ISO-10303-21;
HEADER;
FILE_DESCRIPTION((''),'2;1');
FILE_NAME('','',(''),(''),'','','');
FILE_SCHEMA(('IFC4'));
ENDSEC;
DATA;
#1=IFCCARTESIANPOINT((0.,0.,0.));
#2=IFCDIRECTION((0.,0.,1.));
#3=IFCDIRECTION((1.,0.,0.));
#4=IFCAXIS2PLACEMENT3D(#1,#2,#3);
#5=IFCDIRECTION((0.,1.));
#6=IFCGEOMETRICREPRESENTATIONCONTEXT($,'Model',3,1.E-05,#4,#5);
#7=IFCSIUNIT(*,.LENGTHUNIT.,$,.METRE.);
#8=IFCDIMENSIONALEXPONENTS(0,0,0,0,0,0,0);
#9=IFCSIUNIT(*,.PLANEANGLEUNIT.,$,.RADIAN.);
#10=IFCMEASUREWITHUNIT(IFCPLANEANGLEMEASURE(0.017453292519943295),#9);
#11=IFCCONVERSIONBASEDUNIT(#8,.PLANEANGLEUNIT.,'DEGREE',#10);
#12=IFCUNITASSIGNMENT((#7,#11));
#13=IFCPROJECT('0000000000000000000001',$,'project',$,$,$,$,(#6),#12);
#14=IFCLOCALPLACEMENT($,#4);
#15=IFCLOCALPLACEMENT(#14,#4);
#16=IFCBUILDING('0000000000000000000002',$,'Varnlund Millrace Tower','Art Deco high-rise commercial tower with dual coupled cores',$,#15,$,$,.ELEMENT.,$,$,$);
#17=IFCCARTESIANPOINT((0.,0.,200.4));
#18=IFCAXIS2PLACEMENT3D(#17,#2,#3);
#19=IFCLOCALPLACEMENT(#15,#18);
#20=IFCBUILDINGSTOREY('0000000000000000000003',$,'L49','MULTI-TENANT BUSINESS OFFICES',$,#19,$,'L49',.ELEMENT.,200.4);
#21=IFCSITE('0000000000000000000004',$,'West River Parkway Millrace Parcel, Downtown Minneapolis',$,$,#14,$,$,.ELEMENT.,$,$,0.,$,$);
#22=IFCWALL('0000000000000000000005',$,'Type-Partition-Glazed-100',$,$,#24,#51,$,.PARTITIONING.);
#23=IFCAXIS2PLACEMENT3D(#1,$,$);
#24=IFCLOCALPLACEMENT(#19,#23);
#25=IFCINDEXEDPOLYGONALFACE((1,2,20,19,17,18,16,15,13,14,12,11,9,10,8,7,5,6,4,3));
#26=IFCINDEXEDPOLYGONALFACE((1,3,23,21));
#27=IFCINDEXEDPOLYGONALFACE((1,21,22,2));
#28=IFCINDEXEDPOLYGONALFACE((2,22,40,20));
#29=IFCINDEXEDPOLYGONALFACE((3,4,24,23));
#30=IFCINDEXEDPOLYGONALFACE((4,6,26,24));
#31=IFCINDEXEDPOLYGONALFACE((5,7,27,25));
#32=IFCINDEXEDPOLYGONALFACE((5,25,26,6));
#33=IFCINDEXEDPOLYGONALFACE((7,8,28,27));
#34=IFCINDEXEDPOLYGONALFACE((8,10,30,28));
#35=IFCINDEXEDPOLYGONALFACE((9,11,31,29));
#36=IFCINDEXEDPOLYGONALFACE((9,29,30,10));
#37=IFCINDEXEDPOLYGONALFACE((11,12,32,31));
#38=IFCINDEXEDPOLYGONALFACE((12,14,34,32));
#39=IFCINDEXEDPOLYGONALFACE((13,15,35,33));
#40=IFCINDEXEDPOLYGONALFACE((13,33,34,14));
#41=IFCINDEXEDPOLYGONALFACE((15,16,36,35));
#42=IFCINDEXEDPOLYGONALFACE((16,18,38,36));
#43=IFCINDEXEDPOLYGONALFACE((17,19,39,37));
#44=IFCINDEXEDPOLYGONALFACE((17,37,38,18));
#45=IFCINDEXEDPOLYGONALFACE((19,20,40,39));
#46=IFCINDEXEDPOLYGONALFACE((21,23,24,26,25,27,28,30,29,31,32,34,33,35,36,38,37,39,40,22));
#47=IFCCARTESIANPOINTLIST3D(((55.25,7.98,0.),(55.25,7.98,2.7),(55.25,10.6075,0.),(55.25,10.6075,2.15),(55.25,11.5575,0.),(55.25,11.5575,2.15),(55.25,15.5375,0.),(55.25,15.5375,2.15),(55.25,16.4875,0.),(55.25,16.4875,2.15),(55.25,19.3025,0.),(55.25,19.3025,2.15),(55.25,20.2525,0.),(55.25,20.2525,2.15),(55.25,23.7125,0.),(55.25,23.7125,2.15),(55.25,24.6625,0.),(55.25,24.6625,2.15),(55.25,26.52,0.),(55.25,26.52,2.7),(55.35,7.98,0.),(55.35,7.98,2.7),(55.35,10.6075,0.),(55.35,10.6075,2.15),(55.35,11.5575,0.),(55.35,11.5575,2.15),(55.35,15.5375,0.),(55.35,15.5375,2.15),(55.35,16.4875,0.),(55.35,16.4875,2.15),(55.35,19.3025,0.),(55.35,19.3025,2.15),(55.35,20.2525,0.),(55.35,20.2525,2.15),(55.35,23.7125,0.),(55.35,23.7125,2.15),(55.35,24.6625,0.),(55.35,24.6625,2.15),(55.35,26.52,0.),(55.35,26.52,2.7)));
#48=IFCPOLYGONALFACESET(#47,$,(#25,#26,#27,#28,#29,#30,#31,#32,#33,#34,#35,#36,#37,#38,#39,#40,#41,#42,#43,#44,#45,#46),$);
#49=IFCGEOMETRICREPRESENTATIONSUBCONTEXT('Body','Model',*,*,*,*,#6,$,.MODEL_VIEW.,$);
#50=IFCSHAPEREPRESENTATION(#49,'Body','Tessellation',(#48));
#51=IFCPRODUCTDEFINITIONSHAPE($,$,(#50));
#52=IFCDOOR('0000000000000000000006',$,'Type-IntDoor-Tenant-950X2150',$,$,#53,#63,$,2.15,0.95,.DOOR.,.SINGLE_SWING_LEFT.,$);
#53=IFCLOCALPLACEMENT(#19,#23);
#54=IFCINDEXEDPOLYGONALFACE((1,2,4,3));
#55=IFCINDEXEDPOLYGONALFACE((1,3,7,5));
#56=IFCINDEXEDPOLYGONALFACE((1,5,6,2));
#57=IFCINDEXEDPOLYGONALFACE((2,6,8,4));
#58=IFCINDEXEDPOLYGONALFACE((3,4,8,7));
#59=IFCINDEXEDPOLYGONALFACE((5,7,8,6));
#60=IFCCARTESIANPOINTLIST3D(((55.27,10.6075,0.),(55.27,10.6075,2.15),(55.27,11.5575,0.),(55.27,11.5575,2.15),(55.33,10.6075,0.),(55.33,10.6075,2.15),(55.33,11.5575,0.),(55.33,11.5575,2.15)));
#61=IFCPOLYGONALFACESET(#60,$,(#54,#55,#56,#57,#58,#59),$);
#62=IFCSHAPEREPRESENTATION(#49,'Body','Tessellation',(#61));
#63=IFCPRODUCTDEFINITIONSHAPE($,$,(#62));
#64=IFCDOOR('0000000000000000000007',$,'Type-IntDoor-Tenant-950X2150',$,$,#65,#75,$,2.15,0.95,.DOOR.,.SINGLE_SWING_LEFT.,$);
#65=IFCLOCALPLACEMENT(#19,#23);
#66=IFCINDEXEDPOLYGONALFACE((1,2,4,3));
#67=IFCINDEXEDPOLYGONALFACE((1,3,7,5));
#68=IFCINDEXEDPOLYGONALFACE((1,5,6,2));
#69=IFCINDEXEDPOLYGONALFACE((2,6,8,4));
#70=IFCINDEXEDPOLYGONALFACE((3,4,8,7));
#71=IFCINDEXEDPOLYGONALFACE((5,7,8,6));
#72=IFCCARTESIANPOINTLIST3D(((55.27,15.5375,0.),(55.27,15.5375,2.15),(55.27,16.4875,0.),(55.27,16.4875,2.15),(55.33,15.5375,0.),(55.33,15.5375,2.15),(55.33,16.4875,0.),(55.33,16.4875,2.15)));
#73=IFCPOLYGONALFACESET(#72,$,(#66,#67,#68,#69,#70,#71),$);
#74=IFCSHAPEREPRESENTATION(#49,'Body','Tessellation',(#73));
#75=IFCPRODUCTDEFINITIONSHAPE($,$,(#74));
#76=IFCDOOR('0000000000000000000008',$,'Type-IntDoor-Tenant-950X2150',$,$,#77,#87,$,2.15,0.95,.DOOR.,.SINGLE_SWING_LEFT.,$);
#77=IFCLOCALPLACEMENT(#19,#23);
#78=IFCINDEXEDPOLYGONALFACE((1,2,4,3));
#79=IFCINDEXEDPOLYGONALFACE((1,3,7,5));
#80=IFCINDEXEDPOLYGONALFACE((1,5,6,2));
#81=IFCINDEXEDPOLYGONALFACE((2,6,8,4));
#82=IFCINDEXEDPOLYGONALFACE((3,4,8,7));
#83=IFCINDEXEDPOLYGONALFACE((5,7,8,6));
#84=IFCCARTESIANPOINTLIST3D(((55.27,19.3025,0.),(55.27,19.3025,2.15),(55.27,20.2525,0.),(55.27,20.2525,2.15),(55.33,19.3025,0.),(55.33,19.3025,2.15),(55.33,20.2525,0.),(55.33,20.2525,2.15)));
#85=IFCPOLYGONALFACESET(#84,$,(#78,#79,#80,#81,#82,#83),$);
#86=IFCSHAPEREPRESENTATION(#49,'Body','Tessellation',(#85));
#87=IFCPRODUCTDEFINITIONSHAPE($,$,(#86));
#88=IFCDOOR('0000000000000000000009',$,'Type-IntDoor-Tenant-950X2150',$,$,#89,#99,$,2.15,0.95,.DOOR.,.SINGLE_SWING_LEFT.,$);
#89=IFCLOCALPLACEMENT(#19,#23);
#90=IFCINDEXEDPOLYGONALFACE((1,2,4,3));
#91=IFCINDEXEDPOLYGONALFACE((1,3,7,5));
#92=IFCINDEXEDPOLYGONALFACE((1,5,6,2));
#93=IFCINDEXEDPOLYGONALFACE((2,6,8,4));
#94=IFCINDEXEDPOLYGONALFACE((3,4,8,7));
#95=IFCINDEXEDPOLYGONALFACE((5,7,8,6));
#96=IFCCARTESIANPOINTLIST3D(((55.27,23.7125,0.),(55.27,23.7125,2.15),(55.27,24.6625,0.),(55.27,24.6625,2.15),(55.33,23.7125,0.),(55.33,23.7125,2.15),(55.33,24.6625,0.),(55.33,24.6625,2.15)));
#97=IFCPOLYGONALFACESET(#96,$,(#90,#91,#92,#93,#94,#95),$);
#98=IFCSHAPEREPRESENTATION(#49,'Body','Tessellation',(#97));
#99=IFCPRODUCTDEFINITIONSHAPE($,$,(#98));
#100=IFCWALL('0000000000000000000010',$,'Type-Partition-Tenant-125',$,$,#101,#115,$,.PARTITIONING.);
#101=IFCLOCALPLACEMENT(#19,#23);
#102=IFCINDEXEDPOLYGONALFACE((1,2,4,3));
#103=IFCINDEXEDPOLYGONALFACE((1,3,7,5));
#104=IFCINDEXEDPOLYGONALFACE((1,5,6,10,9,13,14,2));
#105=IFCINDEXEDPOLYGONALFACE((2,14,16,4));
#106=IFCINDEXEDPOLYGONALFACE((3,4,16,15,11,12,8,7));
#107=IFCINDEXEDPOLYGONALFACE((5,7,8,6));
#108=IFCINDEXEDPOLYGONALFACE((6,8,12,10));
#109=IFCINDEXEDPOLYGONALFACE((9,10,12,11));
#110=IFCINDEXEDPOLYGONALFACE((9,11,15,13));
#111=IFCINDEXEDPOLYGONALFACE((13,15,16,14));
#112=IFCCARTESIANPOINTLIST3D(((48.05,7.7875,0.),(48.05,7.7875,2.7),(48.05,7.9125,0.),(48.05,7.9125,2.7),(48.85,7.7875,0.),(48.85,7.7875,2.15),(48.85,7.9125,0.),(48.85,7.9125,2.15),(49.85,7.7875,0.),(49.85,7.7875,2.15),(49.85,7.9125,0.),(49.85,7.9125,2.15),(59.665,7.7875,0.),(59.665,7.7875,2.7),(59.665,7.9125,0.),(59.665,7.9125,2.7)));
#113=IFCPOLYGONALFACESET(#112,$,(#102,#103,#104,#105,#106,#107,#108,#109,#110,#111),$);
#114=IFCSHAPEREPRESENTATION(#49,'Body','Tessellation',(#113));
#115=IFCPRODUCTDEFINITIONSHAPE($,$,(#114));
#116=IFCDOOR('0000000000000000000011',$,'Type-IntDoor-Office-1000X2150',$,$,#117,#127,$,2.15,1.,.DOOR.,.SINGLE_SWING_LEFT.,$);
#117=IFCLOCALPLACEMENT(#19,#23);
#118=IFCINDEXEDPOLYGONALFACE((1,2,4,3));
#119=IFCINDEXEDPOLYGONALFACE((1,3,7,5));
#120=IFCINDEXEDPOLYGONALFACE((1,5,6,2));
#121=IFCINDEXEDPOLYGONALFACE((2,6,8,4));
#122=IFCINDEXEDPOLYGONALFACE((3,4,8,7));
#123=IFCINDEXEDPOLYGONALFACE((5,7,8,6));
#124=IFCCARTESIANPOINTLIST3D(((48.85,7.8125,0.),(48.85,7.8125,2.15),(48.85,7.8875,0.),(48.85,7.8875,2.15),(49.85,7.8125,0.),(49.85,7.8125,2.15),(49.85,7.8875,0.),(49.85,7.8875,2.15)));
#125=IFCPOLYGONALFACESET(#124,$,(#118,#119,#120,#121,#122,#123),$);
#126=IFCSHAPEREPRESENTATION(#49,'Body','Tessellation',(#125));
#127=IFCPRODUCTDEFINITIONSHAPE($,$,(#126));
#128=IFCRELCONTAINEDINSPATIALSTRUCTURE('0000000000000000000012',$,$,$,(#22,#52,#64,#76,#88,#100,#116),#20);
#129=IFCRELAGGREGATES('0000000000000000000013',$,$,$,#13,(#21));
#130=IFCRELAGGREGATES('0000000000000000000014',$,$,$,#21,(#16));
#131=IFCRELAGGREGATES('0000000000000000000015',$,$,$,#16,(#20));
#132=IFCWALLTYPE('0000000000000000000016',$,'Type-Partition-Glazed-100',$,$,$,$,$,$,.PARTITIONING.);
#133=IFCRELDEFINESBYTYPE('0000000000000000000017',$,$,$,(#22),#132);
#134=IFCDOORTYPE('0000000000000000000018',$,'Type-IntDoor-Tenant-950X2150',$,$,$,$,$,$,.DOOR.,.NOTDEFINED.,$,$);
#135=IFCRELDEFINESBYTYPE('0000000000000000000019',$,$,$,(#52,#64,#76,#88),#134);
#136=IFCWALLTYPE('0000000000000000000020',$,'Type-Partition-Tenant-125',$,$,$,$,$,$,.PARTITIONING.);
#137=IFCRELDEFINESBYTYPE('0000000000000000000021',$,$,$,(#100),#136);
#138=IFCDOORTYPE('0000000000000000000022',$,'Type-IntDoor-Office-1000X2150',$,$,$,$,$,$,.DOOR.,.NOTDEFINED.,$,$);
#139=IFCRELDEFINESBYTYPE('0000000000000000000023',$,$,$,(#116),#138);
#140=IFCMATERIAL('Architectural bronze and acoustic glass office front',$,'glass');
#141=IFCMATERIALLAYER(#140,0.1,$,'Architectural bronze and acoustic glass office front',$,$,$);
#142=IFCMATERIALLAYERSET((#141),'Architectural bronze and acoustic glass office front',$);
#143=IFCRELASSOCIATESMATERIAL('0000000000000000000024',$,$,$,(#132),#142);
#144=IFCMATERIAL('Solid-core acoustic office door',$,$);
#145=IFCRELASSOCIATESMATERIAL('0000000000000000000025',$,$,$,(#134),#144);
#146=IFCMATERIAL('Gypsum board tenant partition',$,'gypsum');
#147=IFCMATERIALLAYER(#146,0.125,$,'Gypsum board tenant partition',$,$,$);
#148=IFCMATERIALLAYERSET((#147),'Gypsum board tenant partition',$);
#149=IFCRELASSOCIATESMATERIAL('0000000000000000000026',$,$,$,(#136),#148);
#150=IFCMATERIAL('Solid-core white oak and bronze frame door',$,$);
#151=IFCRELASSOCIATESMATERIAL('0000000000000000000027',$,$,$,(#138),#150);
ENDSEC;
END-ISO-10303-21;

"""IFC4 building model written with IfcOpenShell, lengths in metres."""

from ifc_helpers import new_model, entity, si_unit, converted_unit, direction, frame, origin_with_axes, origin_2d_with_axis, place, context, subcontext, project, spatial, polyline, rectangle, outline, extrude, material, layer, layer_set, type_object, element, fill, save


model = new_model("IFC4")

# Units and contexts
model_context = context("Model", 3, precision=1e-05, world=origin_with_axes(), true_north=direction((0.0, 1.0)))
body_context = subcontext(model_context, "Body", "Model", "MODEL_VIEW")
ifc_project = project(units=[si_unit("LENGTHUNIT", "METRE"), converted_unit("PLANEANGLEUNIT", "DEGREE", entity("IfcPlaneAngleMeasure", 0.017453292519943295), si_unit("PLANEANGLEUNIT", "RADIAN"), dimensions=[0, 0, 0, 0, 0, 0, 0])], contexts=[model_context])

# Site, building, storey
site_placement = place(None, origin_with_axes())
site = spatial("IfcSite", under=ifc_project, at=site_placement, Name="West River Parkway Millrace Parcel, Downtown Minneapolis", CompositionType="ELEMENT", RefElevation=0.0)
building_placement = place(site_placement, origin_with_axes())
building = spatial("IfcBuilding", under=site, at=building_placement, Name="Varnlund Millrace Tower", Description="Art Deco high-rise commercial tower with dual coupled cores", CompositionType="ELEMENT")
storey_placement = place(building_placement, frame((0.0, 0.0, 200.4), z_axis=(0.0, 0.0, 1.0), x_axis=(1.0, 0.0, 0.0)))
storey = spatial("IfcBuildingStorey", under=building, at=storey_placement, Name="L49", Description="MULTI-TENANT BUSINESS OFFICES", LongName="L49", CompositionType="ELEMENT", Elevation=200.4)

# Wall, openings, doors
ifc_material_1 = material(Name="Architectural bronze and acoustic glass office front", Category="glass")
ifc_layer_1 = layer(ifc_material_1, 0.1, Name="Architectural bronze and acoustic glass office front")
ifc_layer_set_1 = layer_set([ifc_layer_1], Name="Architectural bronze and acoustic glass office front")
wall_type_1 = type_object("IfcWallType", Name="Type-Partition-Glazed-100", PredefinedType="PARTITIONING", material=ifc_layer_set_1)
wall_1_placement = place(storey_placement, frame((55.3, 7.98, 0.0), z_axis=(0.0, 0.0, 1.0), x_axis=(0.0, 1.0, 0.0)))
wall_1 = element("IfcWall", 1, at=wall_1_placement, inside=storey, type_object=wall_type_1, Name="Type-Partition-Glazed-100", PredefinedType="PARTITIONING", context=body_context, shape_type="SweptSolid", body=[
    extrude(outline(polyline([(0.0, -0.05), (18.54, -0.05), (18.54, 0.05), (0.0, 0.05), (0.0, -0.05)])), origin_with_axes(), (0.0, 0.0, 1.0), 2.7),
])
opening_1_placement = place(wall_1_placement, frame((3.1025, 0.0, 0.0), z_axis=(0.0, 0.0, 1.0), x_axis=(1.0, 0.0, 0.0)))
opening_1 = element("IfcOpeningElement", 2, at=opening_1_placement, cuts=wall_1, PredefinedType="OPENING", context=body_context, shape_type="SweptSolid", body=[
    extrude(rectangle(XDim=0.95, YDim=0.12, at=origin_2d_with_axis()), origin_with_axes(), (0.0, 0.0, 1.0), 2.15),
])
opening_2_placement = place(wall_1_placement, frame((8.0325, 0.0, 0.0), z_axis=(0.0, 0.0, 1.0), x_axis=(1.0, 0.0, 0.0)))
opening_2 = element("IfcOpeningElement", 3, at=opening_2_placement, cuts=wall_1, PredefinedType="OPENING", context=body_context, shape_type="SweptSolid", body=[
    extrude(rectangle(XDim=0.95, YDim=0.12, at=origin_2d_with_axis()), origin_with_axes(), (0.0, 0.0, 1.0), 2.15),
])
opening_3_placement = place(wall_1_placement, frame((11.7975, 0.0, 0.0), z_axis=(0.0, 0.0, 1.0), x_axis=(1.0, 0.0, 0.0)))
opening_3 = element("IfcOpeningElement", 4, at=opening_3_placement, cuts=wall_1, PredefinedType="OPENING", context=body_context, shape_type="SweptSolid", body=[
    extrude(rectangle(XDim=0.95, YDim=0.12, at=origin_2d_with_axis()), origin_with_axes(), (0.0, 0.0, 1.0), 2.15),
])
opening_4_placement = place(wall_1_placement, frame((16.2075, 0.0, 0.0), z_axis=(0.0, 0.0, 1.0), x_axis=(1.0, 0.0, 0.0)))
opening_4 = element("IfcOpeningElement", 5, at=opening_4_placement, cuts=wall_1, PredefinedType="OPENING", context=body_context, shape_type="SweptSolid", body=[
    extrude(rectangle(XDim=0.95, YDim=0.12, at=origin_2d_with_axis()), origin_with_axes(), (0.0, 0.0, 1.0), 2.15),
])
ifc_material_2 = material(Name="Solid-core acoustic office door")
door_type_1 = type_object("IfcDoorType", Name="Type-IntDoor-Tenant-950X2150", OperationType="NOTDEFINED", PredefinedType="DOOR", material=ifc_material_2)
door_1_placement = place(wall_1_placement, frame((3.1025, 0.0, 0.0), z_axis=(0.0, 0.0, 1.0), x_axis=(1.0, 0.0, 0.0)))
door_1 = element("IfcDoor", 6, at=door_1_placement, inside=storey, type_object=door_type_1, Name="Type-IntDoor-Tenant-950X2150", OperationType="SINGLE_SWING_LEFT", OverallHeight=2.15, OverallWidth=0.95, PredefinedType="DOOR", context=body_context, shape_type="SweptSolid", body=[
    extrude(rectangle(XDim=0.95, YDim=0.06, at=origin_2d_with_axis()), origin_with_axes(), (0.0, 0.0, 1.0), 2.15),
])
fill(opening_1, door_1)
door_2_placement = place(wall_1_placement, frame((8.0325, 0.0, 0.0), z_axis=(0.0, 0.0, 1.0), x_axis=(1.0, 0.0, 0.0)))
door_2 = element("IfcDoor", 7, at=door_2_placement, inside=storey, type_object=door_type_1, Name="Type-IntDoor-Tenant-950X2150", OperationType="SINGLE_SWING_LEFT", OverallHeight=2.15, OverallWidth=0.95, PredefinedType="DOOR", context=body_context, shape_type="SweptSolid", body=[
    extrude(rectangle(XDim=0.95, YDim=0.06, at=origin_2d_with_axis()), origin_with_axes(), (0.0, 0.0, 1.0), 2.15),
])
fill(opening_2, door_2)
door_3_placement = place(wall_1_placement, frame((11.7975, 0.0, 0.0), z_axis=(0.0, 0.0, 1.0), x_axis=(1.0, 0.0, 0.0)))
door_3 = element("IfcDoor", 8, at=door_3_placement, inside=storey, type_object=door_type_1, Name="Type-IntDoor-Tenant-950X2150", OperationType="SINGLE_SWING_LEFT", OverallHeight=2.15, OverallWidth=0.95, PredefinedType="DOOR", context=body_context, shape_type="SweptSolid", body=[
    extrude(rectangle(XDim=0.95, YDim=0.06, at=origin_2d_with_axis()), origin_with_axes(), (0.0, 0.0, 1.0), 2.15),
])
fill(opening_3, door_3)
door_4_placement = place(wall_1_placement, frame((16.2075, 0.0, 0.0), z_axis=(0.0, 0.0, 1.0), x_axis=(1.0, 0.0, 0.0)))
door_4 = element("IfcDoor", 9, at=door_4_placement, inside=storey, type_object=door_type_1, Name="Type-IntDoor-Tenant-950X2150", OperationType="SINGLE_SWING_LEFT", OverallHeight=2.15, OverallWidth=0.95, PredefinedType="DOOR", context=body_context, shape_type="SweptSolid", body=[
    extrude(rectangle(XDim=0.95, YDim=0.06, at=origin_2d_with_axis()), origin_with_axes(), (0.0, 0.0, 1.0), 2.15),
])
fill(opening_4, door_4)

# Wall, opening, door
ifc_material_3 = material(Name="Gypsum board tenant partition", Category="gypsum")
ifc_layer_2 = layer(ifc_material_3, 0.125, Name="Gypsum board tenant partition")
ifc_layer_set_2 = layer_set([ifc_layer_2], Name="Gypsum board tenant partition")
wall_type_2 = type_object("IfcWallType", Name="Type-Partition-Tenant-125", PredefinedType="PARTITIONING", material=ifc_layer_set_2)
wall_2_placement = place(storey_placement, frame((59.665, 7.85, 0.0), z_axis=(0.0, 0.0, 1.0), x_axis=(-1.0, 0.0, 0.0)))
wall_2 = element("IfcWall", 10, at=wall_2_placement, inside=storey, type_object=wall_type_2, Name="Type-Partition-Tenant-125", PredefinedType="PARTITIONING", context=body_context, shape_type="SweptSolid", body=[
    extrude(outline(polyline([(0.0, -0.0625), (11.615, -0.0625), (11.615, 0.0625), (0.0, 0.0625), (0.0, -0.0625)])), origin_with_axes(), (0.0, 0.0, 1.0), 2.7),
])
opening_5_placement = place(wall_2_placement, frame((10.315, 0.0, 0.0), z_axis=(0.0, 0.0, 1.0), x_axis=(1.0, 0.0, 0.0)))
opening_5 = element("IfcOpeningElement", 11, at=opening_5_placement, cuts=wall_2, PredefinedType="OPENING", context=body_context, shape_type="SweptSolid", body=[
    extrude(rectangle(XDim=1.0, YDim=0.145, at=origin_2d_with_axis()), origin_with_axes(), (0.0, 0.0, 1.0), 2.15),
])
ifc_material_4 = material(Name="Solid-core white oak and bronze frame door")
door_type_2 = type_object("IfcDoorType", Name="Type-IntDoor-Office-1000X2150", OperationType="NOTDEFINED", PredefinedType="DOOR", material=ifc_material_4)
door_5_placement = place(wall_2_placement, frame((10.315, 0.0, 0.0), z_axis=(0.0, 0.0, 1.0), x_axis=(1.0, 0.0, 0.0)))
door_5 = element("IfcDoor", 12, at=door_5_placement, inside=storey, type_object=door_type_2, Name="Type-IntDoor-Office-1000X2150", OperationType="SINGLE_SWING_LEFT", OverallHeight=2.15, OverallWidth=1.0, PredefinedType="DOOR", context=body_context, shape_type="SweptSolid", body=[
    extrude(rectangle(XDim=1.0, YDim=0.075, at=origin_2d_with_axis()), origin_with_axes(), (0.0, 0.0, 1.0), 2.15),
])
fill(opening_5, door_5)

save(model, "model.ifc")
